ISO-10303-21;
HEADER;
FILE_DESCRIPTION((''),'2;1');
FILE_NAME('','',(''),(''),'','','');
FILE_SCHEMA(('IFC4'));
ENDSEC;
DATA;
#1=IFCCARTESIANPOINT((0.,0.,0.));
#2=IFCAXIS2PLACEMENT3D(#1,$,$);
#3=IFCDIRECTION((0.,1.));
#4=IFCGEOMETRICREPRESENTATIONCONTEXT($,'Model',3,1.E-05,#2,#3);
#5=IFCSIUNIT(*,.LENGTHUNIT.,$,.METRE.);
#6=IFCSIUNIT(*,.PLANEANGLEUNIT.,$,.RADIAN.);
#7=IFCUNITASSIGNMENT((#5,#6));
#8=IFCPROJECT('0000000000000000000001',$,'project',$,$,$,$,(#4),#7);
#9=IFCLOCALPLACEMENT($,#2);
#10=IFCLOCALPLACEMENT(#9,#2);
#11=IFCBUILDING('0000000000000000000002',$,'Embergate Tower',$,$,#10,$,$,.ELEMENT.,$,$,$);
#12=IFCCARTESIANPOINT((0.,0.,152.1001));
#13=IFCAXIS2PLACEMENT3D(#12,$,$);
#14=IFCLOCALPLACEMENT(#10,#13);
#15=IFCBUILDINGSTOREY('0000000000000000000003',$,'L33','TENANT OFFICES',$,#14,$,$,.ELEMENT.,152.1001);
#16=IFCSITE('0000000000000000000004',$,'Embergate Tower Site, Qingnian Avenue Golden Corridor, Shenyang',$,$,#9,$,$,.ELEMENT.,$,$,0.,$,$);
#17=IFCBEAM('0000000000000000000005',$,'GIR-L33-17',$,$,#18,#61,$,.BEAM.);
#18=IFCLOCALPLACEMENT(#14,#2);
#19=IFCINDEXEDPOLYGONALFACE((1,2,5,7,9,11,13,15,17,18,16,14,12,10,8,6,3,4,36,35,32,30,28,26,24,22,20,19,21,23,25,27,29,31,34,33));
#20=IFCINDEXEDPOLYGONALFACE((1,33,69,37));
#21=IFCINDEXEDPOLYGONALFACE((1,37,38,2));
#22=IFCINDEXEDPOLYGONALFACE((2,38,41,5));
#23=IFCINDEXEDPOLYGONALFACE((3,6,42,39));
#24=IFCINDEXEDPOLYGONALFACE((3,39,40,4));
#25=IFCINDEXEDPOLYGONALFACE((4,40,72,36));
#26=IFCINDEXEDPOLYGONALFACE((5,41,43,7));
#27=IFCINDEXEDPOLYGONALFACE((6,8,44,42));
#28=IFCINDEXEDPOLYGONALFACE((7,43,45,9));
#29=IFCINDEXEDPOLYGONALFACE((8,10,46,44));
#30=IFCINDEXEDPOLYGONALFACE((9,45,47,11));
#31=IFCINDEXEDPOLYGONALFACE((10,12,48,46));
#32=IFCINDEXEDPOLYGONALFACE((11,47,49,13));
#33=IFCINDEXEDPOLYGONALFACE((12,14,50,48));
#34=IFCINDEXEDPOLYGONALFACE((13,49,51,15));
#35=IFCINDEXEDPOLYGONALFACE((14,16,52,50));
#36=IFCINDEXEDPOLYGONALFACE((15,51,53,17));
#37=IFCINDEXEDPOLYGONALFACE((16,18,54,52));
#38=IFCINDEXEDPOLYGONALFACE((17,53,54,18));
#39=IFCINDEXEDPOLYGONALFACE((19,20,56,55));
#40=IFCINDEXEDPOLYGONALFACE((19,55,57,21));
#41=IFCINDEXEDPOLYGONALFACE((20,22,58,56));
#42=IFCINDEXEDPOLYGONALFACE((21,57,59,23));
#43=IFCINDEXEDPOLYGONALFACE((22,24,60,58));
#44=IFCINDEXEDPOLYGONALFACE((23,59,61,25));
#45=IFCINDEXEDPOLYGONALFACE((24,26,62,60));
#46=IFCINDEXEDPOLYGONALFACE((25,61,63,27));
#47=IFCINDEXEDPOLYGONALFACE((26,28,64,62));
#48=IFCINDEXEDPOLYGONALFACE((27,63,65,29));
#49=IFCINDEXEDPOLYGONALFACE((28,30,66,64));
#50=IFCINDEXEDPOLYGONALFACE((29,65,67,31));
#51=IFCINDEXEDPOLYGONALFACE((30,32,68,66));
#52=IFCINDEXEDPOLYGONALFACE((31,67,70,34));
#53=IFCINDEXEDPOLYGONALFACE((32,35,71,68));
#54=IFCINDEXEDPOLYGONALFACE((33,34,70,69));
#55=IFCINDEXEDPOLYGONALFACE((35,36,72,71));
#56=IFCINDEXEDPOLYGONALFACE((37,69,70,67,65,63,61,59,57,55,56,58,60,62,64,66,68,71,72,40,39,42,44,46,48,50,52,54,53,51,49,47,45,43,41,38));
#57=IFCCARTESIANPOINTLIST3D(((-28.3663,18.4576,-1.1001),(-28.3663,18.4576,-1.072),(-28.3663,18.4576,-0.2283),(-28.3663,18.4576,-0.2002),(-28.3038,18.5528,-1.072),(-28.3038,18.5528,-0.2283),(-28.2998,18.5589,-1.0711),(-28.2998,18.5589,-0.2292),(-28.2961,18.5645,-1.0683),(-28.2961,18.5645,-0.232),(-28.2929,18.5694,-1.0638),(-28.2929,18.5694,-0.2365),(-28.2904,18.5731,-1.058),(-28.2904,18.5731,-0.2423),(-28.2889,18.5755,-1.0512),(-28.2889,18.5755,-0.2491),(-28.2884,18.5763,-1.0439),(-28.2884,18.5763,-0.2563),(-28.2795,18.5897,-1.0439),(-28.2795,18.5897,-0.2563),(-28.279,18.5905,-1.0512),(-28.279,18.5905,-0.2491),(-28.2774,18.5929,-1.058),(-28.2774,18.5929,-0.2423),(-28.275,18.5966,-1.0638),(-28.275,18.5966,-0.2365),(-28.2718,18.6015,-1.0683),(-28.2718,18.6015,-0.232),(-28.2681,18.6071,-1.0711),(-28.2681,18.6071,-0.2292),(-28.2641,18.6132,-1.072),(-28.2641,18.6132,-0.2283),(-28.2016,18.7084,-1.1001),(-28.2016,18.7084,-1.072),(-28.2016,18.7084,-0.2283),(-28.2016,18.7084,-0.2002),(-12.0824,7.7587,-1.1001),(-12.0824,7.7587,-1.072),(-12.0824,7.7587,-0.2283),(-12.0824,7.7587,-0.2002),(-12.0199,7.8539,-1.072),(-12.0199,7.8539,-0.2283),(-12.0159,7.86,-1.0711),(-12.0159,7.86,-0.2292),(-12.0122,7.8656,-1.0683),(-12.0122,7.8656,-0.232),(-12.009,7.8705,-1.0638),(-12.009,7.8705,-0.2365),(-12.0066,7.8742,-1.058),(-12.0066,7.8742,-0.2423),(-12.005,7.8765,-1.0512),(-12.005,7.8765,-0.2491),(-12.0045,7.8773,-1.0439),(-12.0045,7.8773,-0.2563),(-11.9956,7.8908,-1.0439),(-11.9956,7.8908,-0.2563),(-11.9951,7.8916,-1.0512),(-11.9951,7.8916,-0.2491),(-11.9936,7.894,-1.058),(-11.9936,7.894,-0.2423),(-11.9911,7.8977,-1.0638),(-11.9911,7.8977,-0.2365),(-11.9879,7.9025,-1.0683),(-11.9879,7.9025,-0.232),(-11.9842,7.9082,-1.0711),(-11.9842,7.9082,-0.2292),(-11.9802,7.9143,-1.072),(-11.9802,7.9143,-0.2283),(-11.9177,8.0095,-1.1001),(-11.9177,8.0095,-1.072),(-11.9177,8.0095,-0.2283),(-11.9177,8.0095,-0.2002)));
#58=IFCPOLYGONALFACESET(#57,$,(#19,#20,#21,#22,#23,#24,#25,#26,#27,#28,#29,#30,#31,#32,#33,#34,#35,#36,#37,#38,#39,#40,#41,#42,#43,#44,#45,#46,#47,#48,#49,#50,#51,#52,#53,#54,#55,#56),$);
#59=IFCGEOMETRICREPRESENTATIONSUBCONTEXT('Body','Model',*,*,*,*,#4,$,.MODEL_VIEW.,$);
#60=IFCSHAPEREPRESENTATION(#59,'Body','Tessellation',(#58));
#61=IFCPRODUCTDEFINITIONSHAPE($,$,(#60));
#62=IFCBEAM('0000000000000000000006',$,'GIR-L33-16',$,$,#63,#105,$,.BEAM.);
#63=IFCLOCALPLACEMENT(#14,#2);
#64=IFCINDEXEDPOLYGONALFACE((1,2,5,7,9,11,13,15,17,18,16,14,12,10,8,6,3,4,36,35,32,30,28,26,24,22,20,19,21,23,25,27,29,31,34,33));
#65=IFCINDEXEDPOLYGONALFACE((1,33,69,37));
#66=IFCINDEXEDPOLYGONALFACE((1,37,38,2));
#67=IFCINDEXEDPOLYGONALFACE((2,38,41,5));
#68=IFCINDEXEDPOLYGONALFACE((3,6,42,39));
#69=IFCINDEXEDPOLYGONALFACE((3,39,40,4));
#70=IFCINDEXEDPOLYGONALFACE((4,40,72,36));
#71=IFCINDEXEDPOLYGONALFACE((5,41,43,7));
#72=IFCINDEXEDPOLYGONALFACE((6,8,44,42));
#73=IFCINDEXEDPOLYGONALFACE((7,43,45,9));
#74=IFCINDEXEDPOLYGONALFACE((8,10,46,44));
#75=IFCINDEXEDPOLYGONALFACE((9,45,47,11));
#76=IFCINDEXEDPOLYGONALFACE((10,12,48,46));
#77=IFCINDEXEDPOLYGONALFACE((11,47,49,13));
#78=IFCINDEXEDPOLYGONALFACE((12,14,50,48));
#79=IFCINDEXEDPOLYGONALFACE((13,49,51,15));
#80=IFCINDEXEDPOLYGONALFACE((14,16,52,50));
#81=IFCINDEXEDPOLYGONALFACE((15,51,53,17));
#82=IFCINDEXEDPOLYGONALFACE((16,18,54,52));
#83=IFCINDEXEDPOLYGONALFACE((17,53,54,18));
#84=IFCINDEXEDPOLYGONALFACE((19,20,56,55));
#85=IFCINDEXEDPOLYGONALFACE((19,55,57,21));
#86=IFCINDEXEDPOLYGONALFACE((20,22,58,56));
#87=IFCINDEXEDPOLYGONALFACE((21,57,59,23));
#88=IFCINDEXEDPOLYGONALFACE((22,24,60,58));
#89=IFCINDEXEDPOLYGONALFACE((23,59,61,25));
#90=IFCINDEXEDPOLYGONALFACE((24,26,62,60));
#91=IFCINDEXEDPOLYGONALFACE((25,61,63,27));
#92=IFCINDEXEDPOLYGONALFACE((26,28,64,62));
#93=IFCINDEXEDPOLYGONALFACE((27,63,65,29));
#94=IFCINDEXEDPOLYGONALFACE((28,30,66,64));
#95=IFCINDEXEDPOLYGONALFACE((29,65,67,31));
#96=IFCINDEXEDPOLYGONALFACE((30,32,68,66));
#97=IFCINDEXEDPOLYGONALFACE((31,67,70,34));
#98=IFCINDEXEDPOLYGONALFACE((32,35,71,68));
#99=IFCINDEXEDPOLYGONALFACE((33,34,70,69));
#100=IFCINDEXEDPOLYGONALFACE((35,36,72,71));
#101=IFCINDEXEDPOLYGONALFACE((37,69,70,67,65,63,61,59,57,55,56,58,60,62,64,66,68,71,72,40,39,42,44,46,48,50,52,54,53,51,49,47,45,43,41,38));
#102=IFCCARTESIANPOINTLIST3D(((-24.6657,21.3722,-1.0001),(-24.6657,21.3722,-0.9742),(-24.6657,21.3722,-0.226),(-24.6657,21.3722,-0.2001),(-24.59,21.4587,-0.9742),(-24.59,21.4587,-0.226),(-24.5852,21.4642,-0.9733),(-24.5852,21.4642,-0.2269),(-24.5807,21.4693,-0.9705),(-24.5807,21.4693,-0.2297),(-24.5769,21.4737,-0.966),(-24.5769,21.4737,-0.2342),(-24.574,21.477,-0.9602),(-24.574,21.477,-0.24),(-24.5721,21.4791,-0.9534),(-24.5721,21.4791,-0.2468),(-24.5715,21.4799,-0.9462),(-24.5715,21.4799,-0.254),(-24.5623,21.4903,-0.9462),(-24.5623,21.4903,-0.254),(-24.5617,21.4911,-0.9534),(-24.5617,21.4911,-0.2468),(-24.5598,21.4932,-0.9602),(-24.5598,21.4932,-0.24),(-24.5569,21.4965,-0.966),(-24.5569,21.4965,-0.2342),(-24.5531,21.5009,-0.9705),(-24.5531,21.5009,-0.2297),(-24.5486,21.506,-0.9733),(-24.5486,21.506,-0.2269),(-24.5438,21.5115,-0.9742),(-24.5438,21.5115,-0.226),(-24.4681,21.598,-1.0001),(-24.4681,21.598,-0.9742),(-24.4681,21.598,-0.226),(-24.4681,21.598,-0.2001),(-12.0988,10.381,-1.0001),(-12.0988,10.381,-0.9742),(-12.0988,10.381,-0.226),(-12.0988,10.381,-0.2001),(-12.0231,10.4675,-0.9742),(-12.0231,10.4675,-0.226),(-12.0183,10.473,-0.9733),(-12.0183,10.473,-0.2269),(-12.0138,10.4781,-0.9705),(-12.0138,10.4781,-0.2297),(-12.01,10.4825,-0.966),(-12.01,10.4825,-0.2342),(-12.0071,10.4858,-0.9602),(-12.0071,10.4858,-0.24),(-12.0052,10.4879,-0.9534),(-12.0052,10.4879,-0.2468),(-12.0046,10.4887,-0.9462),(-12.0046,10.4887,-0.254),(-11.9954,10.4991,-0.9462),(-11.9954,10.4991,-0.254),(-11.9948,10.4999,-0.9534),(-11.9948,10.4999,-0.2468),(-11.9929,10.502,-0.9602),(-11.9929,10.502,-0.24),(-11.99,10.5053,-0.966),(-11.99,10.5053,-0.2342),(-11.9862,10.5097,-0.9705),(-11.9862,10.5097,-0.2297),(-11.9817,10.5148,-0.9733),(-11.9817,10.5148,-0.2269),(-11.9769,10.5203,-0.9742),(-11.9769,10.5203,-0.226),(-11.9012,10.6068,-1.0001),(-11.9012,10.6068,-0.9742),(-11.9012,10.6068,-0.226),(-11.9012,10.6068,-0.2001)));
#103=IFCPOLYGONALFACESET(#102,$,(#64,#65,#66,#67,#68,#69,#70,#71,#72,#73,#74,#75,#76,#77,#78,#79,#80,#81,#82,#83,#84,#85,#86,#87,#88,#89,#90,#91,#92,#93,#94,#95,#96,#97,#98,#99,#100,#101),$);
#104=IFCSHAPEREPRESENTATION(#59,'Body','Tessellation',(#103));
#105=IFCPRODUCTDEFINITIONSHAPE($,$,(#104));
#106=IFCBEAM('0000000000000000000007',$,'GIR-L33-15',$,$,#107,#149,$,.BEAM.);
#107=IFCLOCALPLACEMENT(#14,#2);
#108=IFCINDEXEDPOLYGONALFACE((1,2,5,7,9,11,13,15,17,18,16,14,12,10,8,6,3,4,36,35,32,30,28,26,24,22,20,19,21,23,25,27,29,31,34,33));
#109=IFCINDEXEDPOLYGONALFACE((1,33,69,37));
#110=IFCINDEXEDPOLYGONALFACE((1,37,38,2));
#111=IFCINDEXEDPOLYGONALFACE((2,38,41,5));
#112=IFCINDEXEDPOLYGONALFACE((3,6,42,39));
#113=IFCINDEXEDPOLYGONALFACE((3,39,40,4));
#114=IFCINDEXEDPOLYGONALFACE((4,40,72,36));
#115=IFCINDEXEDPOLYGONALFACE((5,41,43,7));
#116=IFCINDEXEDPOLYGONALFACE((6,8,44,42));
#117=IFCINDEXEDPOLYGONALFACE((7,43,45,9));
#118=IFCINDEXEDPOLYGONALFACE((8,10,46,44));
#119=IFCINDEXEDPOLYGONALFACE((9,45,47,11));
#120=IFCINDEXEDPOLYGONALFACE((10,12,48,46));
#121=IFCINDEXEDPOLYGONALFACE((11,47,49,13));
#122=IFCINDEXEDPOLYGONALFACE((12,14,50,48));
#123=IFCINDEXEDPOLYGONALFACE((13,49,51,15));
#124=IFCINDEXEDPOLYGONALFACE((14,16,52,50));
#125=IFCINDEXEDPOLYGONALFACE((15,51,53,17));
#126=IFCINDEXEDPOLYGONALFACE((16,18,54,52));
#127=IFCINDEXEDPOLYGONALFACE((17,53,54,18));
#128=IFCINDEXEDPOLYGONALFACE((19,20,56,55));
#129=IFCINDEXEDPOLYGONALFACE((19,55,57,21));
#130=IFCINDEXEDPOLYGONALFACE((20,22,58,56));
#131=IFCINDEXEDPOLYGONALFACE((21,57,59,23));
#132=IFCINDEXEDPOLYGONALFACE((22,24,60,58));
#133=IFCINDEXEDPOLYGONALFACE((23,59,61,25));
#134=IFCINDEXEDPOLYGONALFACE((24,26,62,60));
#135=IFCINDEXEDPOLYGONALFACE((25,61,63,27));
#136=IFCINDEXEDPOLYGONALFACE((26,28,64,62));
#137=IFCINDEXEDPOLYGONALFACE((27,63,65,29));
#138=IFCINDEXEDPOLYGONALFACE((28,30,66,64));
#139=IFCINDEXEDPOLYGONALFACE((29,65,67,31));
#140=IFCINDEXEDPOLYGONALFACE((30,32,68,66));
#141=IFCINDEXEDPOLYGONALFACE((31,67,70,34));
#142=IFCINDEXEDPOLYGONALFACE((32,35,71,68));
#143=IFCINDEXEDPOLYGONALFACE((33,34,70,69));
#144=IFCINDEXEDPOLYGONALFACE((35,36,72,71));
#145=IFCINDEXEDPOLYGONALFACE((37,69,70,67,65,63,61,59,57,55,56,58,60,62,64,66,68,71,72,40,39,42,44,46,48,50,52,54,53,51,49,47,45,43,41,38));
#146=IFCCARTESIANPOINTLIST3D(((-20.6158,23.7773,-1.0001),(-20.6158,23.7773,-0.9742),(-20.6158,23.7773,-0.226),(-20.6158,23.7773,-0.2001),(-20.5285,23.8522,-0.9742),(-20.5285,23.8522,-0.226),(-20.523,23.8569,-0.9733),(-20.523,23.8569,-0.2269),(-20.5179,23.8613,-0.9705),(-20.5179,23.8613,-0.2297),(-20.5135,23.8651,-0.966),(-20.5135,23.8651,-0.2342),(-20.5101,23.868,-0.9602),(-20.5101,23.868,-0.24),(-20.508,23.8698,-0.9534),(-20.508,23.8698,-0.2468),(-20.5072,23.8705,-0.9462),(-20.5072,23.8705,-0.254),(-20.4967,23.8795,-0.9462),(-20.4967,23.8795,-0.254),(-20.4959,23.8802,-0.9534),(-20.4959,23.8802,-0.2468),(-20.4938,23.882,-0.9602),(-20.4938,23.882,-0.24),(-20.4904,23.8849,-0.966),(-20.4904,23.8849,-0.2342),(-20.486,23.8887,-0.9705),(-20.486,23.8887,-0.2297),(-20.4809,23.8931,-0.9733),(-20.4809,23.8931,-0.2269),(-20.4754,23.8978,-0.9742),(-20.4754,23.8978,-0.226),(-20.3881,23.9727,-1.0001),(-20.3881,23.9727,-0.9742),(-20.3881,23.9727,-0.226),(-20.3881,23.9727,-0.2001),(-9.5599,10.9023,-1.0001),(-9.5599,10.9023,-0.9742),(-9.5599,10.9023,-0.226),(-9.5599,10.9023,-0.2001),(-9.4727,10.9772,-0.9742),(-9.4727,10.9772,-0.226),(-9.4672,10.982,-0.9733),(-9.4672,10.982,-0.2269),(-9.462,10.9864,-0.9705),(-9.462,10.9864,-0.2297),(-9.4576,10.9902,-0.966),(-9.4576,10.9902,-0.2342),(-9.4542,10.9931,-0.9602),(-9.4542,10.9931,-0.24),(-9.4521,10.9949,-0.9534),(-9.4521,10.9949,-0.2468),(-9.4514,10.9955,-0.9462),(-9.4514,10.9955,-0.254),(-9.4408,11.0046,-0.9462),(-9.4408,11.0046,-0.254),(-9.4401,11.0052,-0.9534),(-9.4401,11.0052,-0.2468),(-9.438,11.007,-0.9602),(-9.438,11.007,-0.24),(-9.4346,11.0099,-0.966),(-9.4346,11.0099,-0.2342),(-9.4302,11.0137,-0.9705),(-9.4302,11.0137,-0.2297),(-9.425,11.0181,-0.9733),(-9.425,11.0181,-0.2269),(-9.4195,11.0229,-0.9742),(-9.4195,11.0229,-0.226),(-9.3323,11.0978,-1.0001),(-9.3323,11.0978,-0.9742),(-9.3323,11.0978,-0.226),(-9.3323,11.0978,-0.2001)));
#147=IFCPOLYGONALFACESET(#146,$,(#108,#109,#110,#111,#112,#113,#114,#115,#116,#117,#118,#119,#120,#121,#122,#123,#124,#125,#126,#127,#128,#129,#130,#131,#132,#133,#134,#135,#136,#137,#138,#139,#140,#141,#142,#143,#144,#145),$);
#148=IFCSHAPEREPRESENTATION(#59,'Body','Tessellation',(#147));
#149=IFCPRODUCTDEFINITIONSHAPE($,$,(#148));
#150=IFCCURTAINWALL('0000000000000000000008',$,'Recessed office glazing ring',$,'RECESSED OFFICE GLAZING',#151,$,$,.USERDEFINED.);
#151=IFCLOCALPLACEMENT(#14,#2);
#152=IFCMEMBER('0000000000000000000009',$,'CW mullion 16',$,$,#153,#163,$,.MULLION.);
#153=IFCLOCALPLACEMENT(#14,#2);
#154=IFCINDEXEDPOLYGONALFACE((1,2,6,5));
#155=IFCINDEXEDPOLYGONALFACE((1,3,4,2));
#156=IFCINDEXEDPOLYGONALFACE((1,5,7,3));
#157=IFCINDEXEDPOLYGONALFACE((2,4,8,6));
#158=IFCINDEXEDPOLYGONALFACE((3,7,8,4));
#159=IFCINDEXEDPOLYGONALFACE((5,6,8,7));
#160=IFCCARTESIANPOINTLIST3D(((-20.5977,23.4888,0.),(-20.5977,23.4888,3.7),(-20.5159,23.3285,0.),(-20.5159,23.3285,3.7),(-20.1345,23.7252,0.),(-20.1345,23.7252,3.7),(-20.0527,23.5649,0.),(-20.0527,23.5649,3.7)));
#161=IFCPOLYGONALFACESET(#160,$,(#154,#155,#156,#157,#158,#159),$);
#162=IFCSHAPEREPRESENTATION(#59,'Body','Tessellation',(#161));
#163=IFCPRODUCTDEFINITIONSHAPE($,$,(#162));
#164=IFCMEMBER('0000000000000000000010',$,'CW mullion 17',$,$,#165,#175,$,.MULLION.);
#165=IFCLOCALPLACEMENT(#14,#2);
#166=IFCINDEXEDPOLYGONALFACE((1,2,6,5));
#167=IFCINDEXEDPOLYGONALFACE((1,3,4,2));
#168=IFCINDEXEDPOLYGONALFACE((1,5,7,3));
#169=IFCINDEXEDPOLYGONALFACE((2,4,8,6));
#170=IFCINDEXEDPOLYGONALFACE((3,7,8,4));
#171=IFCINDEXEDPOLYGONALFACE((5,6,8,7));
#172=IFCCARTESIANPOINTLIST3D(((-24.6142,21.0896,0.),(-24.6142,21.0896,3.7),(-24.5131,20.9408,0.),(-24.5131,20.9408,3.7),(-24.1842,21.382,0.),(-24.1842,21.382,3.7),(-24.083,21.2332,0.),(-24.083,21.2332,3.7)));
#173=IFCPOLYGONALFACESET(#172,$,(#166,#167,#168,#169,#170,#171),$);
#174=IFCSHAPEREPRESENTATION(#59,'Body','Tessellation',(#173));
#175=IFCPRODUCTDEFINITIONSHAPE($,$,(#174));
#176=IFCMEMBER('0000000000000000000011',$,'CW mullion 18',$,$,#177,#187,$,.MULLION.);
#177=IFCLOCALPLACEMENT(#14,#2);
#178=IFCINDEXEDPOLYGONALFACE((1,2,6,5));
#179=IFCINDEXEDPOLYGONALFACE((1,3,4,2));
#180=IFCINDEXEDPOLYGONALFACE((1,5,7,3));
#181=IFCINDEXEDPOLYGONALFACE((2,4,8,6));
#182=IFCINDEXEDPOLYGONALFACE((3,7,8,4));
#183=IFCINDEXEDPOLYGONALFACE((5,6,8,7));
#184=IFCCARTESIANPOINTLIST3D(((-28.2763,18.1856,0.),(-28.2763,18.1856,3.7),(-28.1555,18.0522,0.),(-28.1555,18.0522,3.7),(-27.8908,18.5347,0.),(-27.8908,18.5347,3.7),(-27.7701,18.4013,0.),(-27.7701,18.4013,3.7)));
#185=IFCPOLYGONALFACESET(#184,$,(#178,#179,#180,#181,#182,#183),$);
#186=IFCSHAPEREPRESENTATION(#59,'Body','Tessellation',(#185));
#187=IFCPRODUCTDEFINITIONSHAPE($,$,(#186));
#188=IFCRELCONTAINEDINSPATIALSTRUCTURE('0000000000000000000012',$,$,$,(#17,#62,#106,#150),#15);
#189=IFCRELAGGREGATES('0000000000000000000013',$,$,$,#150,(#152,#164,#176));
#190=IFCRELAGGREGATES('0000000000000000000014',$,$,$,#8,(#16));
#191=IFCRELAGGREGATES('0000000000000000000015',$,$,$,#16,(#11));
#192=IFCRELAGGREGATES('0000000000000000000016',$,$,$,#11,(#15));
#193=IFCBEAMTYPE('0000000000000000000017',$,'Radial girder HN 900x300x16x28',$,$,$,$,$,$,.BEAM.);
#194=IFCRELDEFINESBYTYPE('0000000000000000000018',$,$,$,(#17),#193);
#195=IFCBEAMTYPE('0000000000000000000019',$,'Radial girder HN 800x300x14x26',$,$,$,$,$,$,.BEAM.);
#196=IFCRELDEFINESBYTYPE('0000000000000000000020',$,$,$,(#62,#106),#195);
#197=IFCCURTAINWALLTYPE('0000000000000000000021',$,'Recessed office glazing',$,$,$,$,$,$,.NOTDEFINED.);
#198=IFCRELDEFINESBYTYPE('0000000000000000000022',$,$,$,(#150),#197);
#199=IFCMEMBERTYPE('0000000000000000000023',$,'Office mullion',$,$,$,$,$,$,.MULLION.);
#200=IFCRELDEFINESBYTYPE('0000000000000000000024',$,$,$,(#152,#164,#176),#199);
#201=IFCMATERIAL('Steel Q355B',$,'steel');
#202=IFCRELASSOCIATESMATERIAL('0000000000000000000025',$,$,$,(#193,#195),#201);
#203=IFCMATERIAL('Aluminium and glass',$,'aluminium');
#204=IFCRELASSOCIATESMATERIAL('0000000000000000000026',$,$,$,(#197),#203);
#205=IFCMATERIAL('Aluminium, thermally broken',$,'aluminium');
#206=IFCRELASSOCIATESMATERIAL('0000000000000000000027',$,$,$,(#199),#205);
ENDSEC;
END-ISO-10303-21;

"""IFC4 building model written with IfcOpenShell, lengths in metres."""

from ifc_helpers import new_model, si_unit, direction, frame, origin, origin_2d, place, context, subcontext, project, spatial, rectangle, i_section, extrude, source, transform, mapped, material, material_profile, profile_set, type_object, element, aggregate, save


model = new_model("IFC4")

# Units and contexts
model_context = context("Model", 3, precision=1e-05, world=origin(), true_north=direction((0.0, 1.0)))
body_context = subcontext(model_context, "Body", "Model", "MODEL_VIEW")
ifc_project = project(units=[si_unit("LENGTHUNIT", "METRE"), si_unit("PLANEANGLEUNIT", "RADIAN")], contexts=[model_context])

# Site, building, storey
site_placement = place(None, origin())
site = spatial("IfcSite", under=ifc_project, at=site_placement, Name="Embergate Tower Site, Qingnian Avenue Golden Corridor, Shenyang", CompositionType="ELEMENT", RefElevation=0.0)
building_placement = place(site_placement, origin())
building = spatial("IfcBuilding", under=site, at=building_placement, Name="Embergate Tower", CompositionType="ELEMENT")
storey_placement = place(building_placement, frame((0.0, 0.0, 152.1001)))
storey = spatial("IfcBuildingStorey", under=building, at=storey_placement, Name="L33", Description="TENANT OFFICES", CompositionType="ELEMENT", Elevation=152.1001)

# Beams
ifc_material_1 = material(Name="Steel Q355B", Category="steel")
ifc_material_profile_1 = material_profile(ifc_material_1, i_section(OverallWidth=0.3, OverallDepth=0.8999, WebThickness=0.0161, FlangeThickness=0.0281, FilletRadius=0.0281, at=origin_2d()), Name="HN 900x300x16x28")
ifc_profile_set_1 = profile_set([ifc_material_profile_1], Name="Steel Q355 grade B")
beam_type_1 = type_object("IfcBeamType", Name="Radial girder HN 900x300x16x28", PredefinedType="BEAM", material=ifc_profile_set_1)
shared_shape_1 = source(origin(), body_context, "Body", "SweptSolid", [
    extrude(i_section(OverallWidth=0.3, OverallDepth=0.8999, WebThickness=0.0161, FlangeThickness=0.0281, FilletRadius=0.0281, at=origin_2d()), origin(), (0.0, 0.0, 1.0), 19.4841),
])
beam_1_placement = place(storey_placement, frame((-28.2839, 18.583, -0.6501), z_axis=(0.83575, -0.54911, 0.0), x_axis=(0.54911, 0.83575, 0.0)))
element("IfcBeam", 1, at=beam_1_placement, inside=storey, type_object=beam_type_1, Name="GIR-L33-17", PredefinedType="BEAM", context=body_context, shape_type="MappedRepresentation", body=[
    mapped(shared_shape_1, transform((0.0, 0.0, 0.0))),
])
ifc_material_profile_2 = material_profile(ifc_material_1, i_section(OverallWidth=0.3, OverallDepth=0.8, WebThickness=0.0139, FlangeThickness=0.0259, FilletRadius=0.0281, at=origin_2d()), Name="HN 800x300x14x26")
ifc_profile_set_2 = profile_set([ifc_material_profile_2], Name="Steel Q355 grade B")
beam_type_2 = type_object("IfcBeamType", Name="Radial girder HN 800x300x14x26", PredefinedType="BEAM", material=ifc_profile_set_2)
shared_shape_2 = source(origin(), body_context, "Body", "SweptSolid", [
    extrude(i_section(OverallWidth=0.3, OverallDepth=0.8, WebThickness=0.0139, FlangeThickness=0.0259, FilletRadius=0.0281, at=origin_2d()), origin(), (0.0, 0.0, 1.0), 16.6953),
])
beam_2_placement = place(storey_placement, frame((-24.5669, 21.4851, -0.6001), z_axis=(0.75272, -0.658341, 0.0), x_axis=(0.658341, 0.75272, 0.0)))
element("IfcBeam", 2, at=beam_2_placement, inside=storey, type_object=beam_type_2, Name="GIR-L33-16", PredefinedType="BEAM", context=body_context, shape_type="MappedRepresentation", body=[
    mapped(shared_shape_2, transform((0.0, 0.0, 0.0))),
])
shared_shape_3 = source(origin(), body_context, "Body", "SweptSolid", [
    extrude(i_section(OverallWidth=0.3, OverallDepth=0.8, WebThickness=0.0139, FlangeThickness=0.0259, FilletRadius=0.0281, at=origin_2d()), origin(), (0.0, 0.0, 1.0), 16.9705),
])
beam_3_placement = place(storey_placement, frame((-20.502, 23.875, -0.6001), z_axis=(0.651477, -0.758668, 0.0), x_axis=(0.758668, 0.651477, 0.0)))
element("IfcBeam", 3, at=beam_3_placement, inside=storey, type_object=beam_type_2, Name="GIR-L33-15", PredefinedType="BEAM", context=body_context, shape_type="MappedRepresentation", body=[
    mapped(shared_shape_3, transform((0.0, 0.0, 0.0))),
])

# Curtain wall, members
ifc_material_2 = material(Name="Aluminium and glass", Category="aluminium")
curtain_wall_type = type_object("IfcCurtainWallType", Name="Recessed office glazing", PredefinedType="NOTDEFINED", material=ifc_material_2)
curtain_wall_placement = place(storey_placement, origin())
curtain_wall = element("IfcCurtainWall", 4, at=curtain_wall_placement, inside=storey, type_object=curtain_wall_type, Name="Recessed office glazing ring", ObjectType="RECESSED OFFICE GLAZING", PredefinedType="USERDEFINED")
ifc_material_3 = material(Name="Aluminium, thermally broken", Category="aluminium")
ifc_material_profile_3 = material_profile(ifc_material_3, rectangle(XDim=0.1799, YDim=0.52, at=origin_2d()), Name="AL 520x180")
ifc_profile_set_3 = profile_set([ifc_material_profile_3], Name="Aluminium, thermally broken")
member_type_1 = type_object("IfcMemberType", Name="Office mullion", PredefinedType="MULLION", material=ifc_profile_set_3)
shared_shape_4 = source(origin(), body_context, "Body", "SweptSolid", [
    extrude(rectangle(XDim=0.1799, YDim=0.52, at=origin_2d()), origin(), (0.0, 0.0, 1.0), 3.7),
])
member_1_placement = place(storey_placement, frame((-20.3252, 23.5269, 0.0), z_axis=(0.0, 0.0, 1.0), x_axis=(0.454511, -0.890741, 0.0)))
member_1 = element("IfcMember", 5, at=member_1_placement, type_object=member_type_1, Name="CW mullion 16", PredefinedType="MULLION", context=body_context, shape_type="MappedRepresentation", body=[
    mapped(shared_shape_4, transform((0.0, 0.0, 0.0))),
])
member_2_placement = place(storey_placement, frame((-24.3486, 21.1614, 0.0), z_axis=(0.0, 0.0, 1.0), x_axis=(0.562218, -0.826989, 0.0)))
member_2 = element("IfcMember", 6, at=member_2_placement, type_object=member_type_1, Name="CW mullion 17", PredefinedType="MULLION", context=body_context, shape_type="MappedRepresentation", body=[
    mapped(shared_shape_4, transform((0.0, 0.0, 0.0))),
])
member_3_placement = place(storey_placement, frame((-28.0232, 18.2935, 0.0), z_axis=(0.0, 0.0, 1.0), x_axis=(0.671227, -0.741252, 0.0)))
member_3 = element("IfcMember", 7, at=member_3_placement, type_object=member_type_1, Name="CW mullion 18", PredefinedType="MULLION", context=body_context, shape_type="MappedRepresentation", body=[
    mapped(shared_shape_4, transform((0.0, 0.0, 0.0))),
])
aggregate(curtain_wall, [member_1, member_2, member_3])

save(model, "model.ifc")
